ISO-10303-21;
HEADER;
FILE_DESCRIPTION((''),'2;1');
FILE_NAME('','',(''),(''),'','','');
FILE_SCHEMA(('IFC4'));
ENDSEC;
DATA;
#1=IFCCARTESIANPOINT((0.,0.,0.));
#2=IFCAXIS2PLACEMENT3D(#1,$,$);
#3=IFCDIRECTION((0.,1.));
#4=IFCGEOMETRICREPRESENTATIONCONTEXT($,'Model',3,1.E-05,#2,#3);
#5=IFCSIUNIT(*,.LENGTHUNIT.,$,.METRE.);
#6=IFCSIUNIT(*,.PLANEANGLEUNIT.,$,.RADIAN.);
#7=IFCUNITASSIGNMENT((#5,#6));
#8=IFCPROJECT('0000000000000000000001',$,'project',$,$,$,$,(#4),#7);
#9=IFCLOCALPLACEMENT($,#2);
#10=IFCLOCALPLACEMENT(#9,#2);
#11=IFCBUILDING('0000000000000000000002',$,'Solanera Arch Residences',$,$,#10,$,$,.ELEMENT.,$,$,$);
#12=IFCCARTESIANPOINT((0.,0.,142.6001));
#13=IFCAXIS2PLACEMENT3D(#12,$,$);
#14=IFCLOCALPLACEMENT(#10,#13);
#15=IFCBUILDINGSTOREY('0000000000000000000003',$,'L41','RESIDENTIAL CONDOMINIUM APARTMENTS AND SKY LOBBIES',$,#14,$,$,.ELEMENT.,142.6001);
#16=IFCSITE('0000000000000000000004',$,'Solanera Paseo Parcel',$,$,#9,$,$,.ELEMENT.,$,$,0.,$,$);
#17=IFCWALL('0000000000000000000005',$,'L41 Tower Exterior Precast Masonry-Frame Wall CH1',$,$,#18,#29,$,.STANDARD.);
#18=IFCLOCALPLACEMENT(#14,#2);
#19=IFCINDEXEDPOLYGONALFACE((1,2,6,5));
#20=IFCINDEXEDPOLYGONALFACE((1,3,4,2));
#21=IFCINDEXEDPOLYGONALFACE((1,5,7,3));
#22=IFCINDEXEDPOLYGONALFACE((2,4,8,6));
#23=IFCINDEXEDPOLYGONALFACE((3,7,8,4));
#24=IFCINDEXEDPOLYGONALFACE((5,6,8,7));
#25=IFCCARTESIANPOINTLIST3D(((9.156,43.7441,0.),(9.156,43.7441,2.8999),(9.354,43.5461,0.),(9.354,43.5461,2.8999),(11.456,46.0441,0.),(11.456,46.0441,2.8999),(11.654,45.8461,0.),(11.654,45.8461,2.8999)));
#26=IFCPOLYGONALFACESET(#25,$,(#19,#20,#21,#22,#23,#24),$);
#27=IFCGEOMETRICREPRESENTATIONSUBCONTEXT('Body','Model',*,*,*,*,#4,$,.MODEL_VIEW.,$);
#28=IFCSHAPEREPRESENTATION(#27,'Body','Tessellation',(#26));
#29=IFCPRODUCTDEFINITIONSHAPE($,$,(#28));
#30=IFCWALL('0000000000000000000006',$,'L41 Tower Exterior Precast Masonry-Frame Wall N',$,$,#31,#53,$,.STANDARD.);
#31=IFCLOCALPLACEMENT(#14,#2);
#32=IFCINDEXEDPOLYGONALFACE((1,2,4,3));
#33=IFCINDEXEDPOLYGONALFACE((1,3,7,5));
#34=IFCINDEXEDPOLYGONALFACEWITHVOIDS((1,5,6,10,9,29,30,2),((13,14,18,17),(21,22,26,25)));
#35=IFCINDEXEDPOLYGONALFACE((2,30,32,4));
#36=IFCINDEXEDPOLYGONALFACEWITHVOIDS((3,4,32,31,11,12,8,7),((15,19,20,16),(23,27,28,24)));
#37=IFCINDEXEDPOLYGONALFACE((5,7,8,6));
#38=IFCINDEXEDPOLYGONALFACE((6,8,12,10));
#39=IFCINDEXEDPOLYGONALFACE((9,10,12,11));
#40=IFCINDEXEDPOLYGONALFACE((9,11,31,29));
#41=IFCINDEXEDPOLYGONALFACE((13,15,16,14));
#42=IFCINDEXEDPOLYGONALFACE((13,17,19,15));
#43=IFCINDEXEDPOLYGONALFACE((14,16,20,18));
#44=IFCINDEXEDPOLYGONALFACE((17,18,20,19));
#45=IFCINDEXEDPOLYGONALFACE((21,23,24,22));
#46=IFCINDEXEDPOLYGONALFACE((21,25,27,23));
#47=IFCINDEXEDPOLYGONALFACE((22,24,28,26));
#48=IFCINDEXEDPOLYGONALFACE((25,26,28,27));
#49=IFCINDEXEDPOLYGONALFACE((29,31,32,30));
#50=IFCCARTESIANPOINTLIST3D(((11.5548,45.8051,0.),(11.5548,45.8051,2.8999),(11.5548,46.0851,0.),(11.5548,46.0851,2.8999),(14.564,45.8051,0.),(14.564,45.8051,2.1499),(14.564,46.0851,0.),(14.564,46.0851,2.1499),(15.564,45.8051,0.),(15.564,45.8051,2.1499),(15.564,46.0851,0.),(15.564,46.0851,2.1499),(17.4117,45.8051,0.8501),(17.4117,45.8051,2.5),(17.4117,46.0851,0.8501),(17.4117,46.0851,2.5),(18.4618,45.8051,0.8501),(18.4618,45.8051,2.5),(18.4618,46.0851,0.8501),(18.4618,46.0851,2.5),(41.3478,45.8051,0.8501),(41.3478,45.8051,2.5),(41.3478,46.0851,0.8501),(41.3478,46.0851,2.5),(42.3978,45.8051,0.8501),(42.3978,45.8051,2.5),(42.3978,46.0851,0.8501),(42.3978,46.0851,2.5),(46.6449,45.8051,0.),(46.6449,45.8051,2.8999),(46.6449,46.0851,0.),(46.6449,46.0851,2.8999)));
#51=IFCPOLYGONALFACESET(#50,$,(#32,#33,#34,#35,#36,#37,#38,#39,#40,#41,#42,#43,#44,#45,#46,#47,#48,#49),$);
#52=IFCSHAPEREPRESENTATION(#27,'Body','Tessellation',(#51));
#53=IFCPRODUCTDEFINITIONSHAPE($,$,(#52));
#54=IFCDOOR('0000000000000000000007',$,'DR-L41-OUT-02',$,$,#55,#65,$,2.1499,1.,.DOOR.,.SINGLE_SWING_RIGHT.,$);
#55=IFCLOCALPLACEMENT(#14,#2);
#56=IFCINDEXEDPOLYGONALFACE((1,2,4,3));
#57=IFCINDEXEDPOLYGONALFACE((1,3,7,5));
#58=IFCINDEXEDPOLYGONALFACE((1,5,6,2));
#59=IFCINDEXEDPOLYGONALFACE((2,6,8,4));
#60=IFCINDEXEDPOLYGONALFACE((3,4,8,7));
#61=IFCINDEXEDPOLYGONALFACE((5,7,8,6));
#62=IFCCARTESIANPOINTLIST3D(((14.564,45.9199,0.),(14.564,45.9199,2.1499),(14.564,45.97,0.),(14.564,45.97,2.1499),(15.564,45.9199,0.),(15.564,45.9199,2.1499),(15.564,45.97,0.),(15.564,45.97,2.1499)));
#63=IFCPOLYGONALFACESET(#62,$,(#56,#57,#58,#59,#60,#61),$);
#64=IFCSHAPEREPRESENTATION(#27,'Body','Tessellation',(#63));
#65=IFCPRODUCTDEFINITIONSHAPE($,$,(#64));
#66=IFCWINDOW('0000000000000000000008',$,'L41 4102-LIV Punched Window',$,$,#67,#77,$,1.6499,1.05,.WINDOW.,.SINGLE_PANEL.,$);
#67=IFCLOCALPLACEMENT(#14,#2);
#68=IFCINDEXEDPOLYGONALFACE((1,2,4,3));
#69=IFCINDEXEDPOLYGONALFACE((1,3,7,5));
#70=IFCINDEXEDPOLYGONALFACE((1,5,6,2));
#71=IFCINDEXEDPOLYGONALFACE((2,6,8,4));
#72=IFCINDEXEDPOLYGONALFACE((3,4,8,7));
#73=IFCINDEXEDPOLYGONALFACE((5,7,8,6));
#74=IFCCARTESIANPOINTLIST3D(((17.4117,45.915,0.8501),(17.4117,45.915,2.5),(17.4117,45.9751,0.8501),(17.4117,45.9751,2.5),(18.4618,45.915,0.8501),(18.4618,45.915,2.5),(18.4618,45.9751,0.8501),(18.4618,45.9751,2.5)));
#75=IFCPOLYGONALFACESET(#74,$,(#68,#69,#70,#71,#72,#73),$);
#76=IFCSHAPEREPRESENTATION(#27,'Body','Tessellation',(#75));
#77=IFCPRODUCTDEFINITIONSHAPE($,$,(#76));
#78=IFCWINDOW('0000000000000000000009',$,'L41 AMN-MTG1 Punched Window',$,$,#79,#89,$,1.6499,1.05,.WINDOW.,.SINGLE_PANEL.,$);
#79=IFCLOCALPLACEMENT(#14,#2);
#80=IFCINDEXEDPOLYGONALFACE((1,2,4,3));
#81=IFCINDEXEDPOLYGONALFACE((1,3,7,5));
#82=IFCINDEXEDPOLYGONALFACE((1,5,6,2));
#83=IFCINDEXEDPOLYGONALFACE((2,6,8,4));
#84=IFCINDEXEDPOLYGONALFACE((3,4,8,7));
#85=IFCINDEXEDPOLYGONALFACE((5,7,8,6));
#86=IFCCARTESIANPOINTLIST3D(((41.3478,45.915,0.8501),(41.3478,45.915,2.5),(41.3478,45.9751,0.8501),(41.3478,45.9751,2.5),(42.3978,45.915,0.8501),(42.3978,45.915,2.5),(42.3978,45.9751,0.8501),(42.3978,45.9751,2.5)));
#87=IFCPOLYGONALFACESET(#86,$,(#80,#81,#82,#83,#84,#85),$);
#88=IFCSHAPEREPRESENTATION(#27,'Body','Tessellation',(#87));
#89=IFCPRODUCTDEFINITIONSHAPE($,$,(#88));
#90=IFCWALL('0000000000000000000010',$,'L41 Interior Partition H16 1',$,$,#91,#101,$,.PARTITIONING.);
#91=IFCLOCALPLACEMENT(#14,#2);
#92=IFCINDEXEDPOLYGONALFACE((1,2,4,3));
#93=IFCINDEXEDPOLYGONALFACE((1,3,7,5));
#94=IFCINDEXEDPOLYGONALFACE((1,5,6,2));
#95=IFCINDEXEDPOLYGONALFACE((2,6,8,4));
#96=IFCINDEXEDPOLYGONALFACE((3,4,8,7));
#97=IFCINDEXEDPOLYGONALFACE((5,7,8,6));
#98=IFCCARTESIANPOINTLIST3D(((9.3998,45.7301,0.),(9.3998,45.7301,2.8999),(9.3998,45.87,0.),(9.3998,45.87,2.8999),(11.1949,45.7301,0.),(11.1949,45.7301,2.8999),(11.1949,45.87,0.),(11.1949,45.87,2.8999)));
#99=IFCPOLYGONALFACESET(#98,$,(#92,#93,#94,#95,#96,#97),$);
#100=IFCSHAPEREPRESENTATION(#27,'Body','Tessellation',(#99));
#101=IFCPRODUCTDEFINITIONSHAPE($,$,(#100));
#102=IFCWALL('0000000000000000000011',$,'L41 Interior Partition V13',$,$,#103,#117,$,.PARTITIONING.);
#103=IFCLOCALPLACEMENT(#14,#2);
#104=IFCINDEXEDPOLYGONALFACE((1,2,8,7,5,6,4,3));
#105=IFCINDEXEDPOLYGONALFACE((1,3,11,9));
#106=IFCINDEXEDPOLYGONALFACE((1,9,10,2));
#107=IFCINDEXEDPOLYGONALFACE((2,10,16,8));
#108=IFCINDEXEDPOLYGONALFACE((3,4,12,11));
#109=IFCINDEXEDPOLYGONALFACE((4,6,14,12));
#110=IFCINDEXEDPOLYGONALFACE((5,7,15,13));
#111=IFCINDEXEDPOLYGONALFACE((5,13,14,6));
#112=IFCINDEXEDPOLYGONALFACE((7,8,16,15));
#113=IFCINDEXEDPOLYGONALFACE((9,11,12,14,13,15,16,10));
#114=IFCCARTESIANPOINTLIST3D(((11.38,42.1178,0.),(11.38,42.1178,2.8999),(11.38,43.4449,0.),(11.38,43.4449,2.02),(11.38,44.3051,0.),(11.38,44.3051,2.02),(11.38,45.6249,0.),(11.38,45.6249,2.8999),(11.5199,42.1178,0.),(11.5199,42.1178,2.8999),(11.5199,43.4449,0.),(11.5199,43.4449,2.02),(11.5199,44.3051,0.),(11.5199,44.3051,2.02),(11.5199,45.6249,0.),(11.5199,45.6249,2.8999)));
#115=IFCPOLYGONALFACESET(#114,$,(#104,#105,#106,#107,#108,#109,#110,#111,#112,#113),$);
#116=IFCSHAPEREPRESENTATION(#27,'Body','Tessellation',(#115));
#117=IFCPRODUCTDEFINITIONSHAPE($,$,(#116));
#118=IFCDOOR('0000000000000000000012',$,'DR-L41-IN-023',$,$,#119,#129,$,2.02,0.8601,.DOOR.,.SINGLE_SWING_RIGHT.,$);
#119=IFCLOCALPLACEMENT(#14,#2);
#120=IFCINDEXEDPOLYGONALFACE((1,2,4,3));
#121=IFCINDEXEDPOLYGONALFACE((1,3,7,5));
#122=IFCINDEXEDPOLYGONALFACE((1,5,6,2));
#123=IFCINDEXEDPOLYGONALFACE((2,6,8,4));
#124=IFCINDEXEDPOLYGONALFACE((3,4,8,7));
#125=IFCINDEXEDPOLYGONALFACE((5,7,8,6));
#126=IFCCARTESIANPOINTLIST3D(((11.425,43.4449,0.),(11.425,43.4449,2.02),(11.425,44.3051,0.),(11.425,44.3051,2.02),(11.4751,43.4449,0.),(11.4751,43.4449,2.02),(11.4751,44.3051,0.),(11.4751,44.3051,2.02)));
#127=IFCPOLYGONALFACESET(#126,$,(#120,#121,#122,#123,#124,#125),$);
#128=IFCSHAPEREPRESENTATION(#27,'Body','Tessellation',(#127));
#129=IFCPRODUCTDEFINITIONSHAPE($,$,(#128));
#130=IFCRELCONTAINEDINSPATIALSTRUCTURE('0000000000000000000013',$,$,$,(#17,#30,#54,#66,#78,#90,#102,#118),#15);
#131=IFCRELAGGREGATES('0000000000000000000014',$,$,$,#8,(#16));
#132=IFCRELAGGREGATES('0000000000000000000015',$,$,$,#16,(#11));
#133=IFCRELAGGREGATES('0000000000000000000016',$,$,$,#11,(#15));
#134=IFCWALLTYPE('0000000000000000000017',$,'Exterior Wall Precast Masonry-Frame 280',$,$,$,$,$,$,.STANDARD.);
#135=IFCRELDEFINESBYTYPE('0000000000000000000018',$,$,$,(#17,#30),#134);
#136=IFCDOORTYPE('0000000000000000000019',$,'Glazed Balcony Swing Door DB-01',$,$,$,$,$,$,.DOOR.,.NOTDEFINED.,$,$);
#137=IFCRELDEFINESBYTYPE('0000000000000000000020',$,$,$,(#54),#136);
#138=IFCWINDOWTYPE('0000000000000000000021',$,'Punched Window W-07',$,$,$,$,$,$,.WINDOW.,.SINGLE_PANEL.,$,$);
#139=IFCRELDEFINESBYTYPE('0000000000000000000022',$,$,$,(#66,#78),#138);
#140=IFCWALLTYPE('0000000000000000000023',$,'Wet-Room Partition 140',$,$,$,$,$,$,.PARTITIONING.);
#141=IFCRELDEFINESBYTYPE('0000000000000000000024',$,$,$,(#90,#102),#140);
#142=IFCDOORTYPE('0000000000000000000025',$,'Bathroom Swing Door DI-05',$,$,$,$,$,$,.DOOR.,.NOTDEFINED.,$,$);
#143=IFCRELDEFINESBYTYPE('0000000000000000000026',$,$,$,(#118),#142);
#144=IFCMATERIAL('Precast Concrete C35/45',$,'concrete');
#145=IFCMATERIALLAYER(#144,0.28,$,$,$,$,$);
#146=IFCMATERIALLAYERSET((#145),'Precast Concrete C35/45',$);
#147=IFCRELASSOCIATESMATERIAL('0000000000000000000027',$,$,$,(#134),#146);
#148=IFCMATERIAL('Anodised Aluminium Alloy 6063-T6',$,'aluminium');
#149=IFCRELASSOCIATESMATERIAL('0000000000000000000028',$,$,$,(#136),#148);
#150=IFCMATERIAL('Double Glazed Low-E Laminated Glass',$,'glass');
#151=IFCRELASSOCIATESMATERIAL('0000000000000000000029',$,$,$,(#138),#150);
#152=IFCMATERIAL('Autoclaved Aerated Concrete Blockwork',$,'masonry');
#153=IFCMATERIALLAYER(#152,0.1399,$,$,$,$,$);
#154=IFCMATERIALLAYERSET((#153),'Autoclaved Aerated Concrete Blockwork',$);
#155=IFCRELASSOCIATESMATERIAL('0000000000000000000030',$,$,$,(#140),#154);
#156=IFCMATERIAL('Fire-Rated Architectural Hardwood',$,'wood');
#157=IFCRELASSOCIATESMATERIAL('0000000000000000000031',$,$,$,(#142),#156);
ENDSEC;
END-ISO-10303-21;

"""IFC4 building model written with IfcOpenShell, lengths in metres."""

from ifc_helpers import new_model, si_unit, direction, frame, frame_2d, origin, place, context, subcontext, project, spatial, rectangle, extrude, material, layer, layer_set, type_object, element, fill, save


model = new_model("IFC4")

# Units and contexts
model_context = context("Model", 3, precision=1e-05, world=origin(), true_north=direction((0.0, 1.0)))
body_context = subcontext(model_context, "Body", "Model", "MODEL_VIEW")
ifc_project = project(units=[si_unit("LENGTHUNIT", "METRE"), si_unit("PLANEANGLEUNIT", "RADIAN")], contexts=[model_context])

# Site, building, storey
site_placement = place(None, origin())
site = spatial("IfcSite", under=ifc_project, at=site_placement, Name="Solanera Paseo Parcel", CompositionType="ELEMENT", RefElevation=0.0)
building_placement = place(site_placement, origin())
building = spatial("IfcBuilding", under=site, at=building_placement, Name="Solanera Arch Residences", CompositionType="ELEMENT")
storey_placement = place(building_placement, frame((0.0, 0.0, 142.6001)))
storey = spatial("IfcBuildingStorey", under=building, at=storey_placement, Name="L41", Description="RESIDENTIAL CONDOMINIUM APARTMENTS AND SKY LOBBIES", CompositionType="ELEMENT", Elevation=142.6001)

# Wall
ifc_material_1 = material(Name="Precast Concrete C35/45", Category="concrete")
ifc_layer_1 = layer(ifc_material_1, 0.28)
ifc_layer_set_1 = layer_set([ifc_layer_1], Name="Precast Concrete C35/45")
wall_type_1 = type_object("IfcWallType", Name="Exterior Wall Precast Masonry-Frame 280", PredefinedType="STANDARD", material=ifc_layer_set_1)
wall_1_placement = place(storey_placement, frame((9.2549, 43.645, 0.0), z_axis=(0.0, 0.0, 1.0), x_axis=(0.707107, 0.707107, 0.0)))
element("IfcWall", 1, at=wall_1_placement, inside=storey, type_object=wall_type_1, Name="L41 Tower Exterior Precast Masonry-Frame Wall CH1", PredefinedType="STANDARD", context=body_context, shape_type="SweptSolid", body=[
    extrude(rectangle(XDim=3.2527, YDim=0.28, at=frame_2d((1.6265, 0.0))), origin(), (0.0, 0.0, 1.0), 2.8999),
])

# Wall, openings, door, windows
wall_2_placement = place(storey_placement, frame((11.5549, 45.9451, 0.0), z_axis=(0.0, 0.0, 1.0), x_axis=(1.0, 0.0, 0.0)))
wall_2 = element("IfcWall", 2, at=wall_2_placement, inside=storey, type_object=wall_type_1, Name="L41 Tower Exterior Precast Masonry-Frame Wall N", PredefinedType="STANDARD", context=body_context, shape_type="SweptSolid", body=[
    extrude(rectangle(XDim=35.0901, YDim=0.28, at=frame_2d((17.5449, 0.0))), origin(), (0.0, 0.0, 1.0), 2.8999),
])
opening_1_placement = place(wall_2_placement, frame((3.009, 0.0, 0.0)))
opening_1 = element("IfcOpeningElement", 3, at=opening_1_placement, cuts=wall_2, PredefinedType="OPENING", context=body_context, shape_type="SweptSolid", body=[
    extrude(rectangle(XDim=1.0, YDim=2.1499, at=frame_2d((0.5, 1.075))), frame((0.0, 0.1499, 0.0), z_axis=(0.0, -1.0, 0.0), x_axis=(1.0, 0.0, 0.0)), (0.0, 0.0, 1.0), 0.3),
])
opening_2_placement = place(wall_2_placement, frame((5.8569, 0.0, 0.8501)))
opening_2 = element("IfcOpeningElement", 4, at=opening_2_placement, cuts=wall_2, PredefinedType="OPENING", context=body_context, shape_type="SweptSolid", body=[
    extrude(rectangle(XDim=1.05, YDim=1.6499, at=frame_2d((0.5249, 0.825))), frame((0.0, 0.1499, 0.0), z_axis=(0.0, -1.0, 0.0), x_axis=(1.0, 0.0, 0.0)), (0.0, 0.0, 1.0), 0.3),
])
opening_3_placement = place(wall_2_placement, frame((29.793, 0.0, 0.8501)))
opening_3 = element("IfcOpeningElement", 5, at=opening_3_placement, cuts=wall_2, PredefinedType="OPENING", context=body_context, shape_type="SweptSolid", body=[
    extrude(rectangle(XDim=1.05, YDim=1.6499, at=frame_2d((0.5249, 0.825))), frame((0.0, 0.1499, 0.0), z_axis=(0.0, -1.0, 0.0), x_axis=(1.0, 0.0, 0.0)), (0.0, 0.0, 1.0), 0.3),
])
ifc_material_2 = material(Name="Anodised Aluminium Alloy 6063-T6", Category="aluminium")
door_type_1 = type_object("IfcDoorType", Name="Glazed Balcony Swing Door DB-01", OperationType="NOTDEFINED", PredefinedType="DOOR", material=ifc_material_2)
door_1_placement = place(opening_1_placement, origin())
door_1 = element("IfcDoor", 6, at=door_1_placement, inside=storey, type_object=door_type_1, Name="DR-L41-OUT-02", OperationType="SINGLE_SWING_RIGHT", OverallHeight=2.1499, OverallWidth=1.0, PredefinedType="DOOR", context=body_context, shape_type="SweptSolid", body=[
    extrude(rectangle(XDim=1.0, YDim=2.1499, at=frame_2d((0.5, 1.075))), frame((0.0, 0.0249, 0.0), z_axis=(0.0, -1.0, 0.0), x_axis=(1.0, 0.0, 0.0)), (0.0, 0.0, 1.0), 0.05),
])
fill(opening_1, door_1)
ifc_material_3 = material(Name="Double Glazed Low-E Laminated Glass", Category="glass")
window_type = type_object("IfcWindowType", Name="Punched Window W-07", PartitioningType="SINGLE_PANEL", PredefinedType="WINDOW", material=ifc_material_3)
window_1_placement = place(opening_2_placement, origin())
window_1 = element("IfcWindow", 7, at=window_1_placement, inside=storey, type_object=window_type, Name="L41 4102-LIV Punched Window", OverallHeight=1.6499, OverallWidth=1.05, PartitioningType="SINGLE_PANEL", PredefinedType="WINDOW", context=body_context, shape_type="SweptSolid", body=[
    extrude(rectangle(XDim=1.05, YDim=1.6499, at=frame_2d((0.5249, 0.825))), frame((0.0, 0.03, 0.0), z_axis=(0.0, -1.0, 0.0), x_axis=(1.0, 0.0, 0.0)), (0.0, 0.0, 1.0), 0.0601),
])
fill(opening_2, window_1)
window_2_placement = place(opening_3_placement, origin())
window_2 = element("IfcWindow", 8, at=window_2_placement, inside=storey, type_object=window_type, Name="L41 AMN-MTG1 Punched Window", OverallHeight=1.6499, OverallWidth=1.05, PartitioningType="SINGLE_PANEL", PredefinedType="WINDOW", context=body_context, shape_type="SweptSolid", body=[
    extrude(rectangle(XDim=1.05, YDim=1.6499, at=frame_2d((0.5249, 0.825))), frame((0.0, 0.03, 0.0), z_axis=(0.0, -1.0, 0.0), x_axis=(1.0, 0.0, 0.0)), (0.0, 0.0, 1.0), 0.0601),
])
fill(opening_3, window_2)

# Wall
ifc_material_4 = material(Name="Autoclaved Aerated Concrete Blockwork", Category="masonry")
ifc_layer_2 = layer(ifc_material_4, 0.1399)
ifc_layer_set_2 = layer_set([ifc_layer_2], Name="Autoclaved Aerated Concrete Blockwork")
wall_type_2 = type_object("IfcWallType", Name="Wet-Room Partition 140", PredefinedType="PARTITIONING", material=ifc_layer_set_2)
wall_3_placement = place(storey_placement, frame((9.3999, 45.8, 0.0), z_axis=(0.0, 0.0, 1.0), x_axis=(1.0, 0.0, 0.0)))
element("IfcWall", 9, at=wall_3_placement, inside=storey, type_object=wall_type_2, Name="L41 Interior Partition H16 1", PredefinedType="PARTITIONING", context=body_context, shape_type="SweptSolid", body=[
    extrude(rectangle(XDim=1.7952, YDim=0.1399, at=frame_2d((0.8975, 0.0))), origin(), (0.0, 0.0, 1.0), 2.8999),
])

# Wall, opening, door
wall_4_placement = place(storey_placement, frame((11.45, 42.1179, 0.0), z_axis=(0.0, 0.0, 1.0), x_axis=(0.0, 1.0, 0.0)))
wall_4 = element("IfcWall", 10, at=wall_4_placement, inside=storey, type_object=wall_type_2, Name="L41 Interior Partition V13", PredefinedType="PARTITIONING", context=body_context, shape_type="SweptSolid", body=[
    extrude(rectangle(XDim=3.5071, YDim=0.1399, at=frame_2d((1.7534, 0.0))), origin(), (0.0, 0.0, 1.0), 2.8999),
])
opening_4_placement = place(wall_4_placement, frame((1.3269, 0.0, 0.0)))
opening_4 = element("IfcOpeningElement", 11, at=opening_4_placement, cuts=wall_4, PredefinedType="OPENING", context=body_context, shape_type="SweptSolid", body=[
    extrude(rectangle(XDim=0.8601, YDim=2.02, at=frame_2d((0.4302, 1.01))), frame((0.0, 0.0798, 0.0), z_axis=(0.0, -1.0, 0.0), x_axis=(1.0, 0.0, 0.0)), (0.0, 0.0, 1.0), 0.1599),
])
ifc_material_5 = material(Name="Fire-Rated Architectural Hardwood", Category="wood")
door_type_2 = type_object("IfcDoorType", Name="Bathroom Swing Door DI-05", OperationType="NOTDEFINED", PredefinedType="DOOR", material=ifc_material_5)
door_2_placement = place(opening_4_placement, origin())
door_2 = element("IfcDoor", 12, at=door_2_placement, inside=storey, type_object=door_type_2, Name="DR-L41-IN-023", OperationType="SINGLE_SWING_RIGHT", OverallHeight=2.02, OverallWidth=0.8601, PredefinedType="DOOR", context=body_context, shape_type="SweptSolid", body=[
    extrude(rectangle(XDim=0.8601, YDim=2.02, at=frame_2d((0.4302, 1.01))), frame((0.0, 0.0249, 0.0), z_axis=(0.0, -1.0, 0.0), x_axis=(1.0, 0.0, 0.0)), (0.0, 0.0, 1.0), 0.05),
])
fill(opening_4, door_2)

save(model, "model.ifc")
